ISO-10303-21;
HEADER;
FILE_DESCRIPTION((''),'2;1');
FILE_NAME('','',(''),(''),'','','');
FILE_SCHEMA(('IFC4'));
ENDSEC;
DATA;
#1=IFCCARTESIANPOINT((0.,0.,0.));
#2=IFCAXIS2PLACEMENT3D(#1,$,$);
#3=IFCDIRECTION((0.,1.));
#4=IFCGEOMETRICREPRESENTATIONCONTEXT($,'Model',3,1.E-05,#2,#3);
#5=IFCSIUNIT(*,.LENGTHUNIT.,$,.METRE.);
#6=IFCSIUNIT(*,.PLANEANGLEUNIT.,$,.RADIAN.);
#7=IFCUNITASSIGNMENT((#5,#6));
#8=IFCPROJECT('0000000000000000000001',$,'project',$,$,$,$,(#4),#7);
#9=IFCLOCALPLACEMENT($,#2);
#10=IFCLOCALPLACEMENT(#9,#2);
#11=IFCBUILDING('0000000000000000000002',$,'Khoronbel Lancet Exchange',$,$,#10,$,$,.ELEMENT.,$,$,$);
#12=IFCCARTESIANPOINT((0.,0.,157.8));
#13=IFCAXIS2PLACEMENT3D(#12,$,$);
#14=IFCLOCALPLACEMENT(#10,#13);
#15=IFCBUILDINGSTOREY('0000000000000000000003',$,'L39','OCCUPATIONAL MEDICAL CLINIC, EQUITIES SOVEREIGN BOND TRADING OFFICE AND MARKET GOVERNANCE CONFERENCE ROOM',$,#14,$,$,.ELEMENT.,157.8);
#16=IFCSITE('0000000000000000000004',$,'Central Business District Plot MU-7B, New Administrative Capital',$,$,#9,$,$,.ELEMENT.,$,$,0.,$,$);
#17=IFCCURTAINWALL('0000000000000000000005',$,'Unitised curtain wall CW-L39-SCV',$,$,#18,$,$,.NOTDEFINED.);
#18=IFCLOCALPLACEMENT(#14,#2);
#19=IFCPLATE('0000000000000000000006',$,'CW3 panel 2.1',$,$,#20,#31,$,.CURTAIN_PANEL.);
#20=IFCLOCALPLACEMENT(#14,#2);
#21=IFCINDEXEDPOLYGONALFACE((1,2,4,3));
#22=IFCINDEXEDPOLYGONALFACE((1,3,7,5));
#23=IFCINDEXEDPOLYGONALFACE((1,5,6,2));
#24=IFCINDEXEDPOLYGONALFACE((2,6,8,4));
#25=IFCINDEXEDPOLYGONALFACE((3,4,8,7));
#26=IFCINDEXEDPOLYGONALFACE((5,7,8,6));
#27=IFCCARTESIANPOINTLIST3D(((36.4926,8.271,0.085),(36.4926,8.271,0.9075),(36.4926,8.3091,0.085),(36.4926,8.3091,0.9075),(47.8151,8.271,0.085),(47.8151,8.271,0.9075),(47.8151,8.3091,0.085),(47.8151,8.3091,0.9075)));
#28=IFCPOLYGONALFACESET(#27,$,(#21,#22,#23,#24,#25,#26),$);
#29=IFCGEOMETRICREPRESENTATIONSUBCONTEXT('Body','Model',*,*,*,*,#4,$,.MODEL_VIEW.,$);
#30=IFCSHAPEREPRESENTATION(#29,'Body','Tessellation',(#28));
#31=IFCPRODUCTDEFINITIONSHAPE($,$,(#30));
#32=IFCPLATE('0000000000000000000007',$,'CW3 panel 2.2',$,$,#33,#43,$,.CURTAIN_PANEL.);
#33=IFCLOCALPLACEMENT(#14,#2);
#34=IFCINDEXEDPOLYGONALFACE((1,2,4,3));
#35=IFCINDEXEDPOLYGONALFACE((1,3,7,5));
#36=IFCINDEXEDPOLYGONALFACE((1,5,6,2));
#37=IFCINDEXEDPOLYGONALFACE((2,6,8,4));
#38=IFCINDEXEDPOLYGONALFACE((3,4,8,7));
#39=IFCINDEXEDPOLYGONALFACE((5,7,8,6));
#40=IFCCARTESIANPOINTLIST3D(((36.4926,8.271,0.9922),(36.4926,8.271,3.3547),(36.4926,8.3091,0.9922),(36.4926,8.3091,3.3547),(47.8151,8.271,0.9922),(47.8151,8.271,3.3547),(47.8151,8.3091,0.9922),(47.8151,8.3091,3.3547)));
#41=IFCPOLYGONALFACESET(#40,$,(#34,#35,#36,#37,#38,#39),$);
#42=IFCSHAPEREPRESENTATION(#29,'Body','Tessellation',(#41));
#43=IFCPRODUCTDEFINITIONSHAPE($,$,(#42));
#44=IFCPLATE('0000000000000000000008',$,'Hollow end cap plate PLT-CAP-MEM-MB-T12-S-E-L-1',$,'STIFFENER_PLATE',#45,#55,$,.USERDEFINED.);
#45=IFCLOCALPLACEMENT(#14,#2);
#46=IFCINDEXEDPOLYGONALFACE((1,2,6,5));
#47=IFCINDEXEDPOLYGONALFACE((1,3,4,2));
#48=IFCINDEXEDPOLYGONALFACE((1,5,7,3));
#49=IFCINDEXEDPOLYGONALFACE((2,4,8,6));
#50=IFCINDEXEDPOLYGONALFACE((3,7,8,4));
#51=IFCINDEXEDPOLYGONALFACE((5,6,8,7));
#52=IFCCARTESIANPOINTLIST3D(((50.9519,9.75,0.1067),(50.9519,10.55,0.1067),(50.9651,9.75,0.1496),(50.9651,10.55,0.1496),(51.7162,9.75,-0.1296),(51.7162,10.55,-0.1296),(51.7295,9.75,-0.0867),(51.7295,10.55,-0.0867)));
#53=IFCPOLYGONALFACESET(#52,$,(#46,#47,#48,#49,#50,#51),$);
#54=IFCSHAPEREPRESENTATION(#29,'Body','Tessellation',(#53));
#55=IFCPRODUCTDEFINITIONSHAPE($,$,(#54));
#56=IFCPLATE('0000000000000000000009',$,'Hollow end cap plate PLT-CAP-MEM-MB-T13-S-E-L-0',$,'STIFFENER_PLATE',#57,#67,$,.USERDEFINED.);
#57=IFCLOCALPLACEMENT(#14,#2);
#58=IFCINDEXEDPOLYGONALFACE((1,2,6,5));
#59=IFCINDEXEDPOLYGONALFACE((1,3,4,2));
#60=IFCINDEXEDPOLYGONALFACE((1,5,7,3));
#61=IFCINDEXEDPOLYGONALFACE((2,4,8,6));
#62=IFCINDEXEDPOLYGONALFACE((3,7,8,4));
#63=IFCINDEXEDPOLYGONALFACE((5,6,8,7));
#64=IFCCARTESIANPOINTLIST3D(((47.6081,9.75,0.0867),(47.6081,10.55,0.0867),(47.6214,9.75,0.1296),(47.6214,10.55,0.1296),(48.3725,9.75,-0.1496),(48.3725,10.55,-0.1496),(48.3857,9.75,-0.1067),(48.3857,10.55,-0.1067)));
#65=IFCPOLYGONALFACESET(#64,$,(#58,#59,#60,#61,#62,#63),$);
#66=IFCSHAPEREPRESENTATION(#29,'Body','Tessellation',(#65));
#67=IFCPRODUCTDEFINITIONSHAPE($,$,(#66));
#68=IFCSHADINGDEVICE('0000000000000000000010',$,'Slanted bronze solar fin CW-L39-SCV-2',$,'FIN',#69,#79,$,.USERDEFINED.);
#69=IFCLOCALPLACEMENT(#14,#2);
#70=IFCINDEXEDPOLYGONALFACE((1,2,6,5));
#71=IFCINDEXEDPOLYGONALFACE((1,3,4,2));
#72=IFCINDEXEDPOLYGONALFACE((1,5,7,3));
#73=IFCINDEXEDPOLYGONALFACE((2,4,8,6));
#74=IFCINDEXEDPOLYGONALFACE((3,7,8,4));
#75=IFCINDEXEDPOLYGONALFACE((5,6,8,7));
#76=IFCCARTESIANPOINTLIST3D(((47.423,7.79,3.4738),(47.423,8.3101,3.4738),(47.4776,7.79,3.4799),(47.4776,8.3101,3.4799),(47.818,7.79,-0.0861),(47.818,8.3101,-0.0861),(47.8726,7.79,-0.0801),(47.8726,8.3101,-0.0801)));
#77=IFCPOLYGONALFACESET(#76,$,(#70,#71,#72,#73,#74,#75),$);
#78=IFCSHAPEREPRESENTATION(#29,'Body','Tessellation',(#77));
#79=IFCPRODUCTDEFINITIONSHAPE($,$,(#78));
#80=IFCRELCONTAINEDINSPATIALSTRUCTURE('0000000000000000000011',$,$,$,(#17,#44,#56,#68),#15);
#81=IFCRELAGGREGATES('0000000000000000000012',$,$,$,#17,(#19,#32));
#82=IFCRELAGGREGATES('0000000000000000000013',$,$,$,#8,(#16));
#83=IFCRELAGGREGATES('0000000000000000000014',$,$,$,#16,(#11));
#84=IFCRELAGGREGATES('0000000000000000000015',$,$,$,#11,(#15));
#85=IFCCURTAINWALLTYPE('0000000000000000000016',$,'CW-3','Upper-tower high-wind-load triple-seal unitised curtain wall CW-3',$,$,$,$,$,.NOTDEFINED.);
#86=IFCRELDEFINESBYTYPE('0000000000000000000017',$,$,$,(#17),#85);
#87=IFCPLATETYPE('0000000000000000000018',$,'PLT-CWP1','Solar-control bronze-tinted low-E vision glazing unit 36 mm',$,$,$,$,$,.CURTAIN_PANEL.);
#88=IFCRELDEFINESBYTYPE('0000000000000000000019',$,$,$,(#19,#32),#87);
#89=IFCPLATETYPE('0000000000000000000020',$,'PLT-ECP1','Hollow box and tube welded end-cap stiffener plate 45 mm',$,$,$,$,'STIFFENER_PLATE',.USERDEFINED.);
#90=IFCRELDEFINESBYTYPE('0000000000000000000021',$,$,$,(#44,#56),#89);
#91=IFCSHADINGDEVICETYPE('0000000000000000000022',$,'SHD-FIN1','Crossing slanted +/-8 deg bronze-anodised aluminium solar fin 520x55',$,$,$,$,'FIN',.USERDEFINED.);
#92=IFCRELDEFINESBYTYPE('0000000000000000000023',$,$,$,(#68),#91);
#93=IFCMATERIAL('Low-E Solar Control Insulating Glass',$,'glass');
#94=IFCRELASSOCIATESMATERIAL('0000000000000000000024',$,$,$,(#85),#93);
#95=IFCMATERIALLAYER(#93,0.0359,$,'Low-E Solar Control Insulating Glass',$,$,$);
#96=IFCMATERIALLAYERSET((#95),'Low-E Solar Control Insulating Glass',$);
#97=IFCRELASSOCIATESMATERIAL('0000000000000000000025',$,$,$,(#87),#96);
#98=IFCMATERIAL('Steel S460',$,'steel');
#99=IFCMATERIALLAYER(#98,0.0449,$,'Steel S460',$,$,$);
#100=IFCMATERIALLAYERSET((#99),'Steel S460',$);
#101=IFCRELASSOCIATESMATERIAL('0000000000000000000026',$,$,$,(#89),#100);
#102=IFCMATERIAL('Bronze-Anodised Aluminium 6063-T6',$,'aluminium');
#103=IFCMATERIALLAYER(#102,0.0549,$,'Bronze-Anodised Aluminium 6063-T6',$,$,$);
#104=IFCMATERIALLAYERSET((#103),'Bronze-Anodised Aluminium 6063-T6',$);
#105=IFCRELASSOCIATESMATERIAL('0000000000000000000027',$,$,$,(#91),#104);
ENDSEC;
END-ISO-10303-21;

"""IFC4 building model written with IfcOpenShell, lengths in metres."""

from ifc_helpers import new_model, si_unit, direction, frame, origin, origin_2d, place, context, subcontext, project, spatial, polyline, rectangle, outline, extrude, material, layer, layer_set, type_object, element, aggregate, save


model = new_model("IFC4")

# Units and contexts
model_context = context("Model", 3, precision=1e-05, world=origin(), true_north=direction((0.0, 1.0)))
body_context = subcontext(model_context, "Body", "Model", "MODEL_VIEW")
ifc_project = project(units=[si_unit("LENGTHUNIT", "METRE"), si_unit("PLANEANGLEUNIT", "RADIAN")], contexts=[model_context])

# Site, building, storey
site_placement = place(None, origin())
site = spatial("IfcSite", under=ifc_project, at=site_placement, Name="Central Business District Plot MU-7B, New Administrative Capital", CompositionType="ELEMENT", RefElevation=0.0)
building_placement = place(site_placement, origin())
building = spatial("IfcBuilding", under=site, at=building_placement, Name="Khoronbel Lancet Exchange", CompositionType="ELEMENT")
storey_placement = place(building_placement, frame((0.0, 0.0, 157.8)))
storey = spatial("IfcBuildingStorey", under=building, at=storey_placement, Name="L39", Description="OCCUPATIONAL MEDICAL CLINIC, EQUITIES SOVEREIGN BOND TRADING OFFICE AND MARKET GOVERNANCE CONFERENCE ROOM", CompositionType="ELEMENT", Elevation=157.8)

# Shared definitions
ifc_material_1 = material(Name="Steel S460", Category="steel")

# Curtain wall
ifc_material_2 = material(Name="Low-E Solar Control Insulating Glass", Category="glass")
curtain_wall_type = type_object("IfcCurtainWallType", Name="CW-3", Description="Upper-tower high-wind-load triple-seal unitised curtain wall CW-3", PredefinedType="NOTDEFINED", material=ifc_material_2)
curtain_wall_1_placement = place(storey_placement, origin())
curtain_wall_1 = element("IfcCurtainWall", 1, at=curtain_wall_1_placement, inside=storey, type_object=curtain_wall_type, Name="Unitised curtain wall CW-L39-SCV", PredefinedType="NOTDEFINED")
ifc_material_3 = material(Name="Bronze-Anodised Aluminium 6063-T6", Category="aluminium")

# Plates
ifc_layer_1 = layer(ifc_material_2, 0.0359, Name="Low-E Solar Control Insulating Glass")
ifc_layer_set_1 = layer_set([ifc_layer_1], Name="Low-E Solar Control Insulating Glass")
plate_type_1 = type_object("IfcPlateType", Name="PLT-CWP1", Description="Solar-control bronze-tinted low-E vision glazing unit 36 mm", PredefinedType="CURTAIN_PANEL", material=ifc_layer_set_1)
plate_1_placement = place(storey_placement, frame((42.1538, 8.29, 0.085), z_axis=(0.0, 0.0, 1.0), x_axis=(1.0, 0.0, 0.0)))
plate_1 = element("IfcPlate", 2, at=plate_1_placement, type_object=plate_type_1, Name="CW3 panel 2.1", PredefinedType="CURTAIN_PANEL", context=body_context, shape_type="SweptSolid", body=[
    extrude(rectangle(XDim=11.3225, YDim=0.0381, at=origin_2d()), origin(), (0.0, 0.0, 1.0), 0.8225),
])
plate_2_placement = place(storey_placement, frame((42.1538, 8.29, 0.9922), z_axis=(0.0, 0.0, 1.0), x_axis=(1.0, 0.0, 0.0)))
plate_2 = element("IfcPlate", 3, at=plate_2_placement, type_object=plate_type_1, Name="CW3 panel 2.2", PredefinedType="CURTAIN_PANEL", context=body_context, shape_type="SweptSolid", body=[
    extrude(rectangle(XDim=11.3225, YDim=0.0381, at=origin_2d()), origin(), (0.0, 0.0, 1.0), 2.3625),
])
aggregate(curtain_wall_1, [plate_1, plate_2])

# Plates
ifc_layer_2 = layer(ifc_material_1, 0.0449, Name="Steel S460")
ifc_layer_set_2 = layer_set([ifc_layer_2], Name="Steel S460")
plate_type_2 = type_object("IfcPlateType", Name="PLT-ECP1", Description="Hollow box and tube welded end-cap stiffener plate 45 mm", ElementType="STIFFENER_PLATE", PredefinedType="USERDEFINED", material=ifc_layer_set_2)
for number, where, z_axis, x_axis, name in (
    (4, (51.7295, 9.75, -0.0867), (0.295372, 0.0, 0.955382), (0.0, 1.0, 0.0), "Hollow end cap plate PLT-CAP-MEM-MB-T12-S-E-L-1"),
    (5, (48.3857, 9.75, -0.1067), (0.295372, 0.0, 0.955382), (0.0, 1.0, 0.0), "Hollow end cap plate PLT-CAP-MEM-MB-T13-S-E-L-0"),
):
    element("IfcPlate", number, at=place(storey_placement, frame(where, z_axis=z_axis, x_axis=x_axis)), inside=storey, type_object=plate_type_2, Name=name, ObjectType="STIFFENER_PLATE", PredefinedType="USERDEFINED", context=body_context, shape_type="SweptSolid", body=[
        extrude(outline(polyline([(0.0, 0.0), (0.8, 0.0), (0.8, 0.8), (0.0, 0.8), (0.0, 0.0)])), origin(), (0.0, 0.0, -1.0), 0.0449),
    ])

# Shading device
ifc_layer_3 = layer(ifc_material_3, 0.0549, Name="Bronze-Anodised Aluminium 6063-T6")
ifc_layer_set_3 = layer_set([ifc_layer_3], Name="Bronze-Anodised Aluminium 6063-T6")
shading_device_type = type_object("IfcShadingDeviceType", Name="SHD-FIN1", Description="Crossing slanted +/-8 deg bronze-anodised aluminium solar fin 520x55", ElementType="FIN", PredefinedType="USERDEFINED", material=ifc_layer_set_3)
shading_device_placement = place(storey_placement, frame((47.8726, 8.3101, -0.0801), z_axis=(0.9939, 0.0, 0.110282), x_axis=(0.0, -1.0, 0.0)))
element("IfcShadingDevice", 6, at=shading_device_placement, inside=storey, type_object=shading_device_type, Name="Slanted bronze solar fin CW-L39-SCV-2", ObjectType="FIN", PredefinedType="USERDEFINED", context=body_context, shape_type="SweptSolid", body=[
    extrude(outline(polyline([(0.0, 0.0), (0.52, 0.0), (0.52, -3.5818), (0.0, -3.5818), (0.0, 0.0)])), origin(), (0.0, 0.0, -1.0), 0.0549),
])

save(model, "model.ifc")
